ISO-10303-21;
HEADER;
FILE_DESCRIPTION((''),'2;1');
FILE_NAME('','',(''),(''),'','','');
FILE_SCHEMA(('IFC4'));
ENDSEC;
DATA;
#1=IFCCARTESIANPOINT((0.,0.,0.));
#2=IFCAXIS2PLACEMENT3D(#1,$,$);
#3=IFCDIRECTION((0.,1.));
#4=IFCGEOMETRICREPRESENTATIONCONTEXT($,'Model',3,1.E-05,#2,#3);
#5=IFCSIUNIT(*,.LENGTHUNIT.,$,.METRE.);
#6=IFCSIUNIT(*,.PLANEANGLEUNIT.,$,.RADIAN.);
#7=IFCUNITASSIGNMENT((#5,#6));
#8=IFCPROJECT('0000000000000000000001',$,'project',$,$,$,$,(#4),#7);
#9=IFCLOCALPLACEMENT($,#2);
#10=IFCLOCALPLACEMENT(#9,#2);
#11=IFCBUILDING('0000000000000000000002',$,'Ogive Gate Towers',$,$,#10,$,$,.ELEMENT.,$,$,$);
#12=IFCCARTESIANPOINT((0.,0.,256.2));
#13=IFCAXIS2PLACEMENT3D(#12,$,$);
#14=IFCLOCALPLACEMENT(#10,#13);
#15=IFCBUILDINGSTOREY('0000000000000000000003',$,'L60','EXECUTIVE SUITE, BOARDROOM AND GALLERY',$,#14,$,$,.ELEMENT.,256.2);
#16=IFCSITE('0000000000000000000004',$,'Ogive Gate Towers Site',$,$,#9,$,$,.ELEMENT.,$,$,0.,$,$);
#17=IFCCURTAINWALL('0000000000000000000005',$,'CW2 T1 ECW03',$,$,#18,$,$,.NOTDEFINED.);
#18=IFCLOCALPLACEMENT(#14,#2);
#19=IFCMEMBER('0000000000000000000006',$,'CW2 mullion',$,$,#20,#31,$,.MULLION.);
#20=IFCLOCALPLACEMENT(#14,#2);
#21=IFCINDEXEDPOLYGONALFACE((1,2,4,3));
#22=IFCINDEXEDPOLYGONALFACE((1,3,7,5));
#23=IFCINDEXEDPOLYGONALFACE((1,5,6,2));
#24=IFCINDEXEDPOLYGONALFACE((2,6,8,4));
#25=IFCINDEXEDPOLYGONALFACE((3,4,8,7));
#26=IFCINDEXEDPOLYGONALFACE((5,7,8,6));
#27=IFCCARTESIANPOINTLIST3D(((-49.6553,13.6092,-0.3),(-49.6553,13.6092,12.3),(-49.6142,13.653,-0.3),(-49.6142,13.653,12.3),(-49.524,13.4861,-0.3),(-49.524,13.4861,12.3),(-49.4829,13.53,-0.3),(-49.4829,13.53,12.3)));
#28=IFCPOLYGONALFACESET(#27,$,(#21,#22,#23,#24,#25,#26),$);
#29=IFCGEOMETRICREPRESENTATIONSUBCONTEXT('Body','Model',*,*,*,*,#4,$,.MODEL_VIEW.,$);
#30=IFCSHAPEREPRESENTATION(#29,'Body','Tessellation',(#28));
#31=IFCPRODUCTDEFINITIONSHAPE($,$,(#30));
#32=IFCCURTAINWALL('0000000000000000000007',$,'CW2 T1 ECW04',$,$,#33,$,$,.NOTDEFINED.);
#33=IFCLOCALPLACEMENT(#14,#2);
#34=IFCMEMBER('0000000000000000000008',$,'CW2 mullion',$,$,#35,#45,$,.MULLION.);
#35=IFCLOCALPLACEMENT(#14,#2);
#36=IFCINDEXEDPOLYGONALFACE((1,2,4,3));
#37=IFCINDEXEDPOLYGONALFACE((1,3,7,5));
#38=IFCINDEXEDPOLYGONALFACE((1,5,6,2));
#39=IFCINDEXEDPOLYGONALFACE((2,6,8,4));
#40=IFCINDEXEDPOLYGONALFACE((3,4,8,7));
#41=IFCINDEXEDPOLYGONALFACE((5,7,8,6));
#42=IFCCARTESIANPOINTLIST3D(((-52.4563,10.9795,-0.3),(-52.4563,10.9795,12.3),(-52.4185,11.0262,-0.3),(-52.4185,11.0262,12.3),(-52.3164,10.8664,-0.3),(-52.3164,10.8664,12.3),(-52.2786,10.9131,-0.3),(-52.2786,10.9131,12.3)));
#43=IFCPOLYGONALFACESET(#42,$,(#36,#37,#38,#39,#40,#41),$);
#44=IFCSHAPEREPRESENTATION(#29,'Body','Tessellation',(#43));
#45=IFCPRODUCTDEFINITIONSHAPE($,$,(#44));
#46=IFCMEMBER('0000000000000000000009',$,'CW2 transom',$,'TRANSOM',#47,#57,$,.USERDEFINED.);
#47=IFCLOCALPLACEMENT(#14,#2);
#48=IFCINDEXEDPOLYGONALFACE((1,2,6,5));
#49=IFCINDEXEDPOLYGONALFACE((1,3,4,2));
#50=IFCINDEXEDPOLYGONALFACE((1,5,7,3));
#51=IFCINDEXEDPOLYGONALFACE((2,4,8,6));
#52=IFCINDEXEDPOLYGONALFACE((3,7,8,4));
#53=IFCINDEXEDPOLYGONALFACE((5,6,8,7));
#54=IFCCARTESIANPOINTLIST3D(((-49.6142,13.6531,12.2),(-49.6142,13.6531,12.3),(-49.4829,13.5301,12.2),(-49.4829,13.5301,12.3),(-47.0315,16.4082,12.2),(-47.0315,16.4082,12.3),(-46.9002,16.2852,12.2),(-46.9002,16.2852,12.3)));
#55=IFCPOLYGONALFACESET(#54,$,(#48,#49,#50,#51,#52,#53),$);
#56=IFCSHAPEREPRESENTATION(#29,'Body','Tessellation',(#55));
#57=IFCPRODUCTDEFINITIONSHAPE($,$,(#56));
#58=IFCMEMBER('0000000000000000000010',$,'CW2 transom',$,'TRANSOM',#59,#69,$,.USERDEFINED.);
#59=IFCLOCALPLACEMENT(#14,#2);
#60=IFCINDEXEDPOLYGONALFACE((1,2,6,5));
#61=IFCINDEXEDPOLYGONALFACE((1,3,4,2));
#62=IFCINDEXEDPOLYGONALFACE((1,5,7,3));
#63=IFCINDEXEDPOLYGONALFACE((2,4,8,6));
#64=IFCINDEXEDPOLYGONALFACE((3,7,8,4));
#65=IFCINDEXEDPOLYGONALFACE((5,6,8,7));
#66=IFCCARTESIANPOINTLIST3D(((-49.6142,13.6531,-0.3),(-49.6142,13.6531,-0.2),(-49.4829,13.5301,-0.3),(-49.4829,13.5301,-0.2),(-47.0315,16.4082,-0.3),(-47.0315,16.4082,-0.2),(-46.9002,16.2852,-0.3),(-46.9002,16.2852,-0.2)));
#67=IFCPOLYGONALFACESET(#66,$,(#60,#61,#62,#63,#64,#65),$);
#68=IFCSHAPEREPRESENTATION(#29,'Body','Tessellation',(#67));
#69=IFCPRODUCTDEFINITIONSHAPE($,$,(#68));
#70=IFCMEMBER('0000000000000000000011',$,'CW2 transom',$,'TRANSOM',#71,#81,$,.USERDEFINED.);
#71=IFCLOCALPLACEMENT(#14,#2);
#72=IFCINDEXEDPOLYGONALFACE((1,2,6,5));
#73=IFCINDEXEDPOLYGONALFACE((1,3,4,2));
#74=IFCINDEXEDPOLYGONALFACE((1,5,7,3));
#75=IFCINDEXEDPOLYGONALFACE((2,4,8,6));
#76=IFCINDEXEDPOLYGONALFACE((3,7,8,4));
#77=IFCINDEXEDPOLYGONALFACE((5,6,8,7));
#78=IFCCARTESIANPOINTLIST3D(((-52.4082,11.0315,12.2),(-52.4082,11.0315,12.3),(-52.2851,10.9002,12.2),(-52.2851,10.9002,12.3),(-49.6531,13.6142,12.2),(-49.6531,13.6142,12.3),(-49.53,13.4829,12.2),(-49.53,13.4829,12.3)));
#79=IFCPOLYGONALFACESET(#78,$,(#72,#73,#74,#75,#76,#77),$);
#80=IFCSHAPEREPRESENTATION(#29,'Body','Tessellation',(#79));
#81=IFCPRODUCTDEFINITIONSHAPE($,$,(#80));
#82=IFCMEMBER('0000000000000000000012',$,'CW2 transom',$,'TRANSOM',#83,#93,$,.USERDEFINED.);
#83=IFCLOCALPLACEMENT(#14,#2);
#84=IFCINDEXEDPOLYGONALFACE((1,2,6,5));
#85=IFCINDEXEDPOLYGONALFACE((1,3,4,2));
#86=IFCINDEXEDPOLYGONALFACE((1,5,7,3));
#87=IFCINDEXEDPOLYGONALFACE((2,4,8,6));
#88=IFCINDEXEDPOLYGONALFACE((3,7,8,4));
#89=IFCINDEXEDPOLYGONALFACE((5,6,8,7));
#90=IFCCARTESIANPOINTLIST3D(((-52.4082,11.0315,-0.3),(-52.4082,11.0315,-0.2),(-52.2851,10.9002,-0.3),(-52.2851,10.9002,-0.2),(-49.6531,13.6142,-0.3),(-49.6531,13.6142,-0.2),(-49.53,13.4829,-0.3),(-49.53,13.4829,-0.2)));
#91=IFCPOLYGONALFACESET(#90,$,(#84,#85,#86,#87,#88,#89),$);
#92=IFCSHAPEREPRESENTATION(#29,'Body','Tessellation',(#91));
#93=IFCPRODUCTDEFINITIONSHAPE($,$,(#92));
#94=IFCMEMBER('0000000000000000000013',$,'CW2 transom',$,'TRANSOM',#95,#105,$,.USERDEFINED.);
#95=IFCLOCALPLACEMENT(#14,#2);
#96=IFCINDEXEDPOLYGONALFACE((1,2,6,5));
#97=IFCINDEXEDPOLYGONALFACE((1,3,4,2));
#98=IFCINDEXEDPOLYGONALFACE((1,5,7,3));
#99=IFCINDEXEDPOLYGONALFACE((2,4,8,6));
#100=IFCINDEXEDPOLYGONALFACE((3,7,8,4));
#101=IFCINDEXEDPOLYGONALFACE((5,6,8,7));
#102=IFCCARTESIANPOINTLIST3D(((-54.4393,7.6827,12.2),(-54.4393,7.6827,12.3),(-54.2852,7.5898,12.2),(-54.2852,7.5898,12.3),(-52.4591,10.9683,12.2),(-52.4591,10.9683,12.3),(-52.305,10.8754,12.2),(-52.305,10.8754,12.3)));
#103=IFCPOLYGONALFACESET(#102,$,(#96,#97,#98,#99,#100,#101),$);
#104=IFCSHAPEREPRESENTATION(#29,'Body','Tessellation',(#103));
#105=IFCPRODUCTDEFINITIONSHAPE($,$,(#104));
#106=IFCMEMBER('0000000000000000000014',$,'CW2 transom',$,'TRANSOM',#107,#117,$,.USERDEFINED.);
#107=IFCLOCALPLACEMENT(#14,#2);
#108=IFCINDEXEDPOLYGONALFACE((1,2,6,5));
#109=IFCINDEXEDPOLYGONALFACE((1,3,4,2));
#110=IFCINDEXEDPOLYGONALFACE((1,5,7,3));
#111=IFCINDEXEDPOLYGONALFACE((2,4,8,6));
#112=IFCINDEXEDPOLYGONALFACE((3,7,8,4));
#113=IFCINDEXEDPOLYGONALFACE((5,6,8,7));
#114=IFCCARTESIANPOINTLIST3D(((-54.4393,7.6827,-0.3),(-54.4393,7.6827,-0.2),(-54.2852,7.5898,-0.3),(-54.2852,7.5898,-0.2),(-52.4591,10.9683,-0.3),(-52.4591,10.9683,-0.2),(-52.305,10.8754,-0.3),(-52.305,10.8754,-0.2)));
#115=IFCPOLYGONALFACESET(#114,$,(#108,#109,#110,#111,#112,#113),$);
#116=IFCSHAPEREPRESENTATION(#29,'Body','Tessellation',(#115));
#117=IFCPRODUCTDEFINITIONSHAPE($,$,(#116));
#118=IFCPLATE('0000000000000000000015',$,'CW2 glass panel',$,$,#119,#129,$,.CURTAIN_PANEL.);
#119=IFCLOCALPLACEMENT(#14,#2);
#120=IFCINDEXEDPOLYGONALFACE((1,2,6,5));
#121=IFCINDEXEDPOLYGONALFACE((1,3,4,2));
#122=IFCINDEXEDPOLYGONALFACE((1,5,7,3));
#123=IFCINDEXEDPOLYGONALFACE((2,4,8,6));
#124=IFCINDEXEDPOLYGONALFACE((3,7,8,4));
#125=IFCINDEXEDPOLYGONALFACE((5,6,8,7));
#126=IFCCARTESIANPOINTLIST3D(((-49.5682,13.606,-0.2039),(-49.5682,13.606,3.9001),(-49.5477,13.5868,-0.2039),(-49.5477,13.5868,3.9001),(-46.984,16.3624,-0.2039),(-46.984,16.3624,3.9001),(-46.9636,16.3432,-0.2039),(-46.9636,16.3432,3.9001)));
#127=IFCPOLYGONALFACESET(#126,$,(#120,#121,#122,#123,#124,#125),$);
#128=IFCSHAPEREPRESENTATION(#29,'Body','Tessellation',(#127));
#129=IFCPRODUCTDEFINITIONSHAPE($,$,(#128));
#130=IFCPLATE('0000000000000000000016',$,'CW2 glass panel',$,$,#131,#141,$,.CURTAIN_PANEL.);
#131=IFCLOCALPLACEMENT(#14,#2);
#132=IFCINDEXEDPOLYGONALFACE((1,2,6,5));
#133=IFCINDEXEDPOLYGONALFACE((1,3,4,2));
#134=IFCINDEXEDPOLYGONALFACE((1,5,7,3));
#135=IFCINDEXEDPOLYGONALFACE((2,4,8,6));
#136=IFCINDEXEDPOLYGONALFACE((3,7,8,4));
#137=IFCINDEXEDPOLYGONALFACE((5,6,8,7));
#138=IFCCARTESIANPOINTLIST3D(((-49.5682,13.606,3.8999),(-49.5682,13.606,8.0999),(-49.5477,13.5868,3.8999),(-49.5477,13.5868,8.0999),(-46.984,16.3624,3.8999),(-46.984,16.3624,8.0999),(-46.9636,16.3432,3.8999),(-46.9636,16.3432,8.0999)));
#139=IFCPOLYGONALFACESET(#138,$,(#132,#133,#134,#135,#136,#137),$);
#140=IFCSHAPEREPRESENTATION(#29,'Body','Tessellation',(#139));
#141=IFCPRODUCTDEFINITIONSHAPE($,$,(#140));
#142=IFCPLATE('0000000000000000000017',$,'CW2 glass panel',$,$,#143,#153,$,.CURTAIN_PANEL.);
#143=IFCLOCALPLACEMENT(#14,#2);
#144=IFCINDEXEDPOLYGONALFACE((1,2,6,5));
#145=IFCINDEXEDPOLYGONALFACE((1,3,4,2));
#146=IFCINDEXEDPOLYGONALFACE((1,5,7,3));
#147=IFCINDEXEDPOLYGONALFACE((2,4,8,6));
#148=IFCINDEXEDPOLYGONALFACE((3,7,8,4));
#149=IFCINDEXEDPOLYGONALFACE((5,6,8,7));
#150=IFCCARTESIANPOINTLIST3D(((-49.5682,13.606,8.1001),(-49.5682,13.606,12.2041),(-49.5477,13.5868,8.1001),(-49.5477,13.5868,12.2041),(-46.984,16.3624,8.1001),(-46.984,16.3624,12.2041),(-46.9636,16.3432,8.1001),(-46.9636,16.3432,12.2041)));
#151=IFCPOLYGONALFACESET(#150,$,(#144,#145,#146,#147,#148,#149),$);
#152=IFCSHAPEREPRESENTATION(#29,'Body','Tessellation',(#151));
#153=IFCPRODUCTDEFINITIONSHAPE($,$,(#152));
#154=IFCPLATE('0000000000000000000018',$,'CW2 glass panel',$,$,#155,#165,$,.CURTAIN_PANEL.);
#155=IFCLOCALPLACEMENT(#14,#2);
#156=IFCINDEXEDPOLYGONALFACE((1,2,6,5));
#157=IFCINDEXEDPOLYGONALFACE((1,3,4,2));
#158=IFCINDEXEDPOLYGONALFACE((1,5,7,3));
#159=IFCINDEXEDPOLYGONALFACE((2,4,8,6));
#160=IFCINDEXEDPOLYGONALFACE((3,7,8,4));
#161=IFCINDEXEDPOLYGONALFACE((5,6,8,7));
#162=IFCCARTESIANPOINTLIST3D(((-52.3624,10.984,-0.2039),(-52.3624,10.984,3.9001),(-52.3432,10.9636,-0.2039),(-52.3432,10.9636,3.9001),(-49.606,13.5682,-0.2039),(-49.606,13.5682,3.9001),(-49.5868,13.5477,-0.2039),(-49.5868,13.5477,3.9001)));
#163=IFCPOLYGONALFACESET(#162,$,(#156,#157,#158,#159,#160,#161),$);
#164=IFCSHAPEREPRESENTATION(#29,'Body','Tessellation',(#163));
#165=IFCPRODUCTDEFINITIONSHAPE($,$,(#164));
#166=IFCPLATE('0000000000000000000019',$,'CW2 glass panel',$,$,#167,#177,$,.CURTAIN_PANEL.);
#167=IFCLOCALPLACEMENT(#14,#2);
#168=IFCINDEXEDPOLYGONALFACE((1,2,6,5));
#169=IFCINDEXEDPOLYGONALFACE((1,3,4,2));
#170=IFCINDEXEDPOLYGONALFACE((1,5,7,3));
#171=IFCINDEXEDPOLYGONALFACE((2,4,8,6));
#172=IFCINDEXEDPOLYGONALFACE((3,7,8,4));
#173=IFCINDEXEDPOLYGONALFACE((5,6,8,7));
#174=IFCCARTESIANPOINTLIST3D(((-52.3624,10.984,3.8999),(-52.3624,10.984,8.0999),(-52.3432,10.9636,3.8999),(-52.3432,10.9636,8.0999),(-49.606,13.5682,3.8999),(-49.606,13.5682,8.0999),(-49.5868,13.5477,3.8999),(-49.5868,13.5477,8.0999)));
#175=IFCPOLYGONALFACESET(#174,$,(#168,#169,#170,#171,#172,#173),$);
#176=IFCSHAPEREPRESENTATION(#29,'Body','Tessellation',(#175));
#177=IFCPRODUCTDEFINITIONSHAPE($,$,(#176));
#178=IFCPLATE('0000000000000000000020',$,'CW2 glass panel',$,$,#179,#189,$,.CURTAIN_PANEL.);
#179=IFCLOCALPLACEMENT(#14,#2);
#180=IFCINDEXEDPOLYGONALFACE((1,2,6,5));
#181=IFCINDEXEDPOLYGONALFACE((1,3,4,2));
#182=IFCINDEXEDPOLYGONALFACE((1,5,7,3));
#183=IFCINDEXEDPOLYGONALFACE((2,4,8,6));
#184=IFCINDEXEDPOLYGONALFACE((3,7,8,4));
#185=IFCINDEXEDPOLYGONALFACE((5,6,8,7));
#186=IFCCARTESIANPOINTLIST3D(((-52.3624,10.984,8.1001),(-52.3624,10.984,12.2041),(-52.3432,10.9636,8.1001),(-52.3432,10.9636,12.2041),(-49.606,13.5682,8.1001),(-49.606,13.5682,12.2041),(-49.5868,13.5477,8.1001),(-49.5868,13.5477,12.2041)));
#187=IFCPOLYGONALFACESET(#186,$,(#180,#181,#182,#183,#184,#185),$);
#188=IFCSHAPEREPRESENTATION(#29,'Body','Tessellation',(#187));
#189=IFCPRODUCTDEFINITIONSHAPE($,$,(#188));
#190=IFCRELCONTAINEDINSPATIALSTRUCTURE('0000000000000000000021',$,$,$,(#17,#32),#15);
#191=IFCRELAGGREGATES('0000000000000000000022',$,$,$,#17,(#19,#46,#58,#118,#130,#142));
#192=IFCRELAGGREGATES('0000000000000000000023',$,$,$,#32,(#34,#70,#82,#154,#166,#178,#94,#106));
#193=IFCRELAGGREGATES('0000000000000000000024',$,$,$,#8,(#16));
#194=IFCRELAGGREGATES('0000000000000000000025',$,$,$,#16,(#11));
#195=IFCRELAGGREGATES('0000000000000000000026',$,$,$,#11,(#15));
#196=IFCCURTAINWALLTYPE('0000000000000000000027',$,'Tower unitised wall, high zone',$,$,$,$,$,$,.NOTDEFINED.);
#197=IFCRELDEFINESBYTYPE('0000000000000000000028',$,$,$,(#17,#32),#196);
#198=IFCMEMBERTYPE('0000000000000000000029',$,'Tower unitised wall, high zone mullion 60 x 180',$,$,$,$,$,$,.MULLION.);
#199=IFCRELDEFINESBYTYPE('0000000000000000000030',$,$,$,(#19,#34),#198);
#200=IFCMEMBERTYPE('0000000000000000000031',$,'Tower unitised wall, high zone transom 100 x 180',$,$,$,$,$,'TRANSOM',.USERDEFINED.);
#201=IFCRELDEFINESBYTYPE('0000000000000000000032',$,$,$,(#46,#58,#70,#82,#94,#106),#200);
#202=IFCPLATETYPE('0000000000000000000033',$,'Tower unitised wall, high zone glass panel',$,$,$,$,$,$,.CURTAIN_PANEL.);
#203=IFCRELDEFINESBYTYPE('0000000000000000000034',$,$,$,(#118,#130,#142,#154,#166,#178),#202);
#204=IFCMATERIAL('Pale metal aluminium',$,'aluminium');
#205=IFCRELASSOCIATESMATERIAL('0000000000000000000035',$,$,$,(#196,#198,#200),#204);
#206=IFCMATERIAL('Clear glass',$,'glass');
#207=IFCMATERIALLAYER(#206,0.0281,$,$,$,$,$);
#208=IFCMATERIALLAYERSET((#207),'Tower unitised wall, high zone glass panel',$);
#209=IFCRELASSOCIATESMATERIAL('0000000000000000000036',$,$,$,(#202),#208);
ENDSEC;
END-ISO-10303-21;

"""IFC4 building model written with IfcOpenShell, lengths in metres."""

from ifc_helpers import new_model, si_unit, direction, frame, origin, origin_2d, place, context, subcontext, project, spatial, rectangle, extrude, material, layer, layer_set, material_profile, profile_set, type_object, element, aggregate, save


model = new_model("IFC4")

# Units and contexts
model_context = context("Model", 3, precision=1e-05, world=origin(), true_north=direction((0.0, 1.0)))
body_context = subcontext(model_context, "Body", "Model", "MODEL_VIEW")
ifc_project = project(units=[si_unit("LENGTHUNIT", "METRE"), si_unit("PLANEANGLEUNIT", "RADIAN")], contexts=[model_context])

# Site, building, storey
site_placement = place(None, origin())
site = spatial("IfcSite", under=ifc_project, at=site_placement, Name="Ogive Gate Towers Site", CompositionType="ELEMENT", RefElevation=0.0)
building_placement = place(site_placement, origin())
building = spatial("IfcBuilding", under=site, at=building_placement, Name="Ogive Gate Towers", CompositionType="ELEMENT")
storey_placement = place(building_placement, frame((0.0, 0.0, 256.2)))
storey = spatial("IfcBuildingStorey", under=building, at=storey_placement, Name="L60", Description="EXECUTIVE SUITE, BOARDROOM AND GALLERY", CompositionType="ELEMENT", Elevation=256.2)

# Curtain walls, members
ifc_material_1 = material(Name="Pale metal aluminium", Category="aluminium")
curtain_wall_type = type_object("IfcCurtainWallType", Name="Tower unitised wall, high zone", PredefinedType="NOTDEFINED", material=ifc_material_1)
curtain_wall_1_placement = place(storey_placement, origin())
curtain_wall_1 = element("IfcCurtainWall", 1, at=curtain_wall_1_placement, inside=storey, type_object=curtain_wall_type, Name="CW2 T1 ECW03", PredefinedType="NOTDEFINED")
ifc_material_profile_1 = material_profile(ifc_material_1, rectangle(XDim=0.1799, YDim=0.0601, at=origin_2d()), Name="60 x 180 aluminium box")
ifc_profile_set_1 = profile_set([ifc_material_profile_1], Name="Pale metal aluminium")
member_type_1 = type_object("IfcMemberType", Name="Tower unitised wall, high zone mullion 60 x 180", PredefinedType="MULLION", material=ifc_profile_set_1)
member_1_placement = place(storey_placement, frame((-49.5691, 13.5696, -0.3), z_axis=(0.0, 0.0, 1.0), x_axis=(-0.729542, 0.683936, 0.0)))
member_1 = element("IfcMember", 2, at=member_1_placement, type_object=member_type_1, Name="CW2 mullion", PredefinedType="MULLION", context=body_context, shape_type="SweptSolid", body=[
    extrude(rectangle(XDim=0.1799, YDim=0.0601, at=origin_2d()), origin(), (0.0, 0.0, 1.0), 12.6001),
])
curtain_wall_2_placement = place(storey_placement, origin())
curtain_wall_2 = element("IfcCurtainWall", 3, at=curtain_wall_2_placement, inside=storey, type_object=curtain_wall_type, Name="CW2 T1 ECW04", PredefinedType="NOTDEFINED")
member_2_placement = place(storey_placement, frame((-52.3674, 10.9463, -0.3), z_axis=(0.0, 0.0, 1.0), x_axis=(-0.777574, 0.628791, 0.0)))
member_2 = element("IfcMember", 4, at=member_2_placement, type_object=member_type_1, Name="CW2 mullion", PredefinedType="MULLION", context=body_context, shape_type="SweptSolid", body=[
    extrude(rectangle(XDim=0.1799, YDim=0.0601, at=origin_2d()), origin(), (0.0, 0.0, 1.0), 12.6001),
])

# Members
ifc_material_profile_2 = material_profile(ifc_material_1, rectangle(XDim=0.1799, YDim=0.1001, at=origin_2d()), Name="100 x 180 aluminium box")
ifc_profile_set_2 = profile_set([ifc_material_profile_2], Name="Pale metal aluminium")
member_type_2 = type_object("IfcMemberType", Name="Tower unitised wall, high zone transom 100 x 180", ElementType="TRANSOM", PredefinedType="USERDEFINED", material=ifc_profile_set_2)
member_3_placement = place(storey_placement, frame((-46.9658, 16.3467, 12.25), z_axis=(-0.683917, -0.729559, 0.0), x_axis=(0.729559, -0.683917, 0.0)))
member_3 = element("IfcMember", 5, at=member_3_placement, type_object=member_type_2, Name="CW2 transom", ObjectType="TRANSOM", PredefinedType="USERDEFINED", context=body_context, shape_type="SweptSolid", body=[
    extrude(rectangle(XDim=0.1799, YDim=0.1001, at=origin_2d()), origin(), (0.0, 0.0, 1.0), 3.7764),
])
member_4_placement = place(storey_placement, frame((-46.9658, 16.3467, -0.25), z_axis=(-0.683917, -0.729559, 0.0), x_axis=(0.729559, -0.683917, 0.0)))
member_4 = element("IfcMember", 6, at=member_4_placement, type_object=member_type_2, Name="CW2 transom", ObjectType="TRANSOM", PredefinedType="USERDEFINED", context=body_context, shape_type="SweptSolid", body=[
    extrude(rectangle(XDim=0.1799, YDim=0.1001, at=origin_2d()), origin(), (0.0, 0.0, 1.0), 3.7764),
])
member_5_placement = place(storey_placement, frame((-49.5916, 13.5486, 12.25), z_axis=(-0.729559, -0.683917, 0.0), x_axis=(0.683917, -0.729559, 0.0)))
member_5 = element("IfcMember", 7, at=member_5_placement, type_object=member_type_2, Name="CW2 transom", ObjectType="TRANSOM", PredefinedType="USERDEFINED", context=body_context, shape_type="SweptSolid", body=[
    extrude(rectangle(XDim=0.1799, YDim=0.1001, at=origin_2d()), origin(), (0.0, 0.0, 1.0), 3.7764),
])
member_6_placement = place(storey_placement, frame((-49.5916, 13.5486, -0.25), z_axis=(-0.729559, -0.683917, 0.0), x_axis=(0.683917, -0.729559, 0.0)))
member_6 = element("IfcMember", 8, at=member_6_placement, type_object=member_type_2, Name="CW2 transom", ObjectType="TRANSOM", PredefinedType="USERDEFINED", context=body_context, shape_type="SweptSolid", body=[
    extrude(rectangle(XDim=0.1799, YDim=0.1001, at=origin_2d()), origin(), (0.0, 0.0, 1.0), 3.7764),
])
member_7_placement = place(storey_placement, frame((-52.3821, 10.9219, 12.25), z_axis=(-0.516189, -0.856475, 0.0), x_axis=(0.856475, -0.516189, 0.0)))
member_7 = element("IfcMember", 9, at=member_7_placement, type_object=member_type_2, Name="CW2 transom", ObjectType="TRANSOM", PredefinedType="USERDEFINED", context=body_context, shape_type="SweptSolid", body=[
    extrude(rectangle(XDim=0.1799, YDim=0.1001, at=origin_2d()), origin(), (0.0, 0.0, 1.0), 3.8362),
])
member_8_placement = place(storey_placement, frame((-52.3821, 10.9219, -0.25), z_axis=(-0.516189, -0.856475, 0.0), x_axis=(0.856475, -0.516189, 0.0)))
member_8 = element("IfcMember", 10, at=member_8_placement, type_object=member_type_2, Name="CW2 transom", ObjectType="TRANSOM", PredefinedType="USERDEFINED", context=body_context, shape_type="SweptSolid", body=[
    extrude(rectangle(XDim=0.1799, YDim=0.1001, at=origin_2d()), origin(), (0.0, 0.0, 1.0), 3.8362),
])

# Plates
ifc_material_2 = material(Name="Clear glass", Category="glass")
ifc_layer_1 = layer(ifc_material_2, 0.0281)
ifc_layer_set_1 = layer_set([ifc_layer_1], Name="Tower unitised wall, high zone glass panel")
plate_type = type_object("IfcPlateType", Name="Tower unitised wall, high zone glass panel", PredefinedType="CURTAIN_PANEL", material=ifc_layer_set_1)
plate_1_placement = place(storey_placement, frame((-48.2659, 14.9746, -0.2039), z_axis=(0.0, 0.0, 1.0), x_axis=(-0.683936, -0.729542, 0.0)))
plate_1 = element("IfcPlate", 11, at=plate_1_placement, type_object=plate_type, Name="CW2 glass panel", PredefinedType="CURTAIN_PANEL", context=body_context, shape_type="SweptSolid", body=[
    extrude(rectangle(XDim=3.7783, YDim=0.0281, at=origin_2d()), origin(), (0.0, 0.0, 1.0), 4.104),
])
plate_2_placement = place(storey_placement, frame((-48.2659, 14.9746, 3.8999), z_axis=(0.0, 0.0, 1.0), x_axis=(-0.683936, -0.729542, 0.0)))
plate_2 = element("IfcPlate", 12, at=plate_2_placement, type_object=plate_type, Name="CW2 glass panel", PredefinedType="CURTAIN_PANEL", context=body_context, shape_type="SweptSolid", body=[
    extrude(rectangle(XDim=3.7783, YDim=0.0281, at=origin_2d()), origin(), (0.0, 0.0, 1.0), 4.2),
])
plate_3_placement = place(storey_placement, frame((-48.2659, 14.9746, 8.1001), z_axis=(0.0, 0.0, 1.0), x_axis=(-0.683936, -0.729542, 0.0)))
plate_3 = element("IfcPlate", 13, at=plate_3_placement, type_object=plate_type, Name="CW2 glass panel", PredefinedType="CURTAIN_PANEL", context=body_context, shape_type="SweptSolid", body=[
    extrude(rectangle(XDim=3.7783, YDim=0.0281, at=origin_2d()), origin(), (0.0, 0.0, 1.0), 4.104),
])
aggregate(curtain_wall_1, [member_1, member_3, member_4, plate_1, plate_2, plate_3])
plate_4_placement = place(storey_placement, frame((-50.9746, 12.2659, -0.2039), z_axis=(0.0, 0.0, 1.0), x_axis=(-0.729542, -0.683936, 0.0)))
plate_4 = element("IfcPlate", 14, at=plate_4_placement, type_object=plate_type, Name="CW2 glass panel", PredefinedType="CURTAIN_PANEL", context=body_context, shape_type="SweptSolid", body=[
    extrude(rectangle(XDim=3.7783, YDim=0.0281, at=origin_2d()), origin(), (0.0, 0.0, 1.0), 4.104),
])
plate_5_placement = place(storey_placement, frame((-50.9746, 12.2659, 3.8999), z_axis=(0.0, 0.0, 1.0), x_axis=(-0.729542, -0.683936, 0.0)))
plate_5 = element("IfcPlate", 15, at=plate_5_placement, type_object=plate_type, Name="CW2 glass panel", PredefinedType="CURTAIN_PANEL", context=body_context, shape_type="SweptSolid", body=[
    extrude(rectangle(XDim=3.7783, YDim=0.0281, at=origin_2d()), origin(), (0.0, 0.0, 1.0), 4.2),
])
plate_6_placement = place(storey_placement, frame((-50.9746, 12.2659, 8.1001), z_axis=(0.0, 0.0, 1.0), x_axis=(-0.729542, -0.683936, 0.0)))
plate_6 = element("IfcPlate", 16, at=plate_6_placement, type_object=plate_type, Name="CW2 glass panel", PredefinedType="CURTAIN_PANEL", context=body_context, shape_type="SweptSolid", body=[
    extrude(rectangle(XDim=3.7783, YDim=0.0281, at=origin_2d()), origin(), (0.0, 0.0, 1.0), 4.104),
])
aggregate(curtain_wall_2, [member_2, member_5, member_6, plate_4, plate_5, plate_6, member_7, member_8])

save(model, "model.ifc")
